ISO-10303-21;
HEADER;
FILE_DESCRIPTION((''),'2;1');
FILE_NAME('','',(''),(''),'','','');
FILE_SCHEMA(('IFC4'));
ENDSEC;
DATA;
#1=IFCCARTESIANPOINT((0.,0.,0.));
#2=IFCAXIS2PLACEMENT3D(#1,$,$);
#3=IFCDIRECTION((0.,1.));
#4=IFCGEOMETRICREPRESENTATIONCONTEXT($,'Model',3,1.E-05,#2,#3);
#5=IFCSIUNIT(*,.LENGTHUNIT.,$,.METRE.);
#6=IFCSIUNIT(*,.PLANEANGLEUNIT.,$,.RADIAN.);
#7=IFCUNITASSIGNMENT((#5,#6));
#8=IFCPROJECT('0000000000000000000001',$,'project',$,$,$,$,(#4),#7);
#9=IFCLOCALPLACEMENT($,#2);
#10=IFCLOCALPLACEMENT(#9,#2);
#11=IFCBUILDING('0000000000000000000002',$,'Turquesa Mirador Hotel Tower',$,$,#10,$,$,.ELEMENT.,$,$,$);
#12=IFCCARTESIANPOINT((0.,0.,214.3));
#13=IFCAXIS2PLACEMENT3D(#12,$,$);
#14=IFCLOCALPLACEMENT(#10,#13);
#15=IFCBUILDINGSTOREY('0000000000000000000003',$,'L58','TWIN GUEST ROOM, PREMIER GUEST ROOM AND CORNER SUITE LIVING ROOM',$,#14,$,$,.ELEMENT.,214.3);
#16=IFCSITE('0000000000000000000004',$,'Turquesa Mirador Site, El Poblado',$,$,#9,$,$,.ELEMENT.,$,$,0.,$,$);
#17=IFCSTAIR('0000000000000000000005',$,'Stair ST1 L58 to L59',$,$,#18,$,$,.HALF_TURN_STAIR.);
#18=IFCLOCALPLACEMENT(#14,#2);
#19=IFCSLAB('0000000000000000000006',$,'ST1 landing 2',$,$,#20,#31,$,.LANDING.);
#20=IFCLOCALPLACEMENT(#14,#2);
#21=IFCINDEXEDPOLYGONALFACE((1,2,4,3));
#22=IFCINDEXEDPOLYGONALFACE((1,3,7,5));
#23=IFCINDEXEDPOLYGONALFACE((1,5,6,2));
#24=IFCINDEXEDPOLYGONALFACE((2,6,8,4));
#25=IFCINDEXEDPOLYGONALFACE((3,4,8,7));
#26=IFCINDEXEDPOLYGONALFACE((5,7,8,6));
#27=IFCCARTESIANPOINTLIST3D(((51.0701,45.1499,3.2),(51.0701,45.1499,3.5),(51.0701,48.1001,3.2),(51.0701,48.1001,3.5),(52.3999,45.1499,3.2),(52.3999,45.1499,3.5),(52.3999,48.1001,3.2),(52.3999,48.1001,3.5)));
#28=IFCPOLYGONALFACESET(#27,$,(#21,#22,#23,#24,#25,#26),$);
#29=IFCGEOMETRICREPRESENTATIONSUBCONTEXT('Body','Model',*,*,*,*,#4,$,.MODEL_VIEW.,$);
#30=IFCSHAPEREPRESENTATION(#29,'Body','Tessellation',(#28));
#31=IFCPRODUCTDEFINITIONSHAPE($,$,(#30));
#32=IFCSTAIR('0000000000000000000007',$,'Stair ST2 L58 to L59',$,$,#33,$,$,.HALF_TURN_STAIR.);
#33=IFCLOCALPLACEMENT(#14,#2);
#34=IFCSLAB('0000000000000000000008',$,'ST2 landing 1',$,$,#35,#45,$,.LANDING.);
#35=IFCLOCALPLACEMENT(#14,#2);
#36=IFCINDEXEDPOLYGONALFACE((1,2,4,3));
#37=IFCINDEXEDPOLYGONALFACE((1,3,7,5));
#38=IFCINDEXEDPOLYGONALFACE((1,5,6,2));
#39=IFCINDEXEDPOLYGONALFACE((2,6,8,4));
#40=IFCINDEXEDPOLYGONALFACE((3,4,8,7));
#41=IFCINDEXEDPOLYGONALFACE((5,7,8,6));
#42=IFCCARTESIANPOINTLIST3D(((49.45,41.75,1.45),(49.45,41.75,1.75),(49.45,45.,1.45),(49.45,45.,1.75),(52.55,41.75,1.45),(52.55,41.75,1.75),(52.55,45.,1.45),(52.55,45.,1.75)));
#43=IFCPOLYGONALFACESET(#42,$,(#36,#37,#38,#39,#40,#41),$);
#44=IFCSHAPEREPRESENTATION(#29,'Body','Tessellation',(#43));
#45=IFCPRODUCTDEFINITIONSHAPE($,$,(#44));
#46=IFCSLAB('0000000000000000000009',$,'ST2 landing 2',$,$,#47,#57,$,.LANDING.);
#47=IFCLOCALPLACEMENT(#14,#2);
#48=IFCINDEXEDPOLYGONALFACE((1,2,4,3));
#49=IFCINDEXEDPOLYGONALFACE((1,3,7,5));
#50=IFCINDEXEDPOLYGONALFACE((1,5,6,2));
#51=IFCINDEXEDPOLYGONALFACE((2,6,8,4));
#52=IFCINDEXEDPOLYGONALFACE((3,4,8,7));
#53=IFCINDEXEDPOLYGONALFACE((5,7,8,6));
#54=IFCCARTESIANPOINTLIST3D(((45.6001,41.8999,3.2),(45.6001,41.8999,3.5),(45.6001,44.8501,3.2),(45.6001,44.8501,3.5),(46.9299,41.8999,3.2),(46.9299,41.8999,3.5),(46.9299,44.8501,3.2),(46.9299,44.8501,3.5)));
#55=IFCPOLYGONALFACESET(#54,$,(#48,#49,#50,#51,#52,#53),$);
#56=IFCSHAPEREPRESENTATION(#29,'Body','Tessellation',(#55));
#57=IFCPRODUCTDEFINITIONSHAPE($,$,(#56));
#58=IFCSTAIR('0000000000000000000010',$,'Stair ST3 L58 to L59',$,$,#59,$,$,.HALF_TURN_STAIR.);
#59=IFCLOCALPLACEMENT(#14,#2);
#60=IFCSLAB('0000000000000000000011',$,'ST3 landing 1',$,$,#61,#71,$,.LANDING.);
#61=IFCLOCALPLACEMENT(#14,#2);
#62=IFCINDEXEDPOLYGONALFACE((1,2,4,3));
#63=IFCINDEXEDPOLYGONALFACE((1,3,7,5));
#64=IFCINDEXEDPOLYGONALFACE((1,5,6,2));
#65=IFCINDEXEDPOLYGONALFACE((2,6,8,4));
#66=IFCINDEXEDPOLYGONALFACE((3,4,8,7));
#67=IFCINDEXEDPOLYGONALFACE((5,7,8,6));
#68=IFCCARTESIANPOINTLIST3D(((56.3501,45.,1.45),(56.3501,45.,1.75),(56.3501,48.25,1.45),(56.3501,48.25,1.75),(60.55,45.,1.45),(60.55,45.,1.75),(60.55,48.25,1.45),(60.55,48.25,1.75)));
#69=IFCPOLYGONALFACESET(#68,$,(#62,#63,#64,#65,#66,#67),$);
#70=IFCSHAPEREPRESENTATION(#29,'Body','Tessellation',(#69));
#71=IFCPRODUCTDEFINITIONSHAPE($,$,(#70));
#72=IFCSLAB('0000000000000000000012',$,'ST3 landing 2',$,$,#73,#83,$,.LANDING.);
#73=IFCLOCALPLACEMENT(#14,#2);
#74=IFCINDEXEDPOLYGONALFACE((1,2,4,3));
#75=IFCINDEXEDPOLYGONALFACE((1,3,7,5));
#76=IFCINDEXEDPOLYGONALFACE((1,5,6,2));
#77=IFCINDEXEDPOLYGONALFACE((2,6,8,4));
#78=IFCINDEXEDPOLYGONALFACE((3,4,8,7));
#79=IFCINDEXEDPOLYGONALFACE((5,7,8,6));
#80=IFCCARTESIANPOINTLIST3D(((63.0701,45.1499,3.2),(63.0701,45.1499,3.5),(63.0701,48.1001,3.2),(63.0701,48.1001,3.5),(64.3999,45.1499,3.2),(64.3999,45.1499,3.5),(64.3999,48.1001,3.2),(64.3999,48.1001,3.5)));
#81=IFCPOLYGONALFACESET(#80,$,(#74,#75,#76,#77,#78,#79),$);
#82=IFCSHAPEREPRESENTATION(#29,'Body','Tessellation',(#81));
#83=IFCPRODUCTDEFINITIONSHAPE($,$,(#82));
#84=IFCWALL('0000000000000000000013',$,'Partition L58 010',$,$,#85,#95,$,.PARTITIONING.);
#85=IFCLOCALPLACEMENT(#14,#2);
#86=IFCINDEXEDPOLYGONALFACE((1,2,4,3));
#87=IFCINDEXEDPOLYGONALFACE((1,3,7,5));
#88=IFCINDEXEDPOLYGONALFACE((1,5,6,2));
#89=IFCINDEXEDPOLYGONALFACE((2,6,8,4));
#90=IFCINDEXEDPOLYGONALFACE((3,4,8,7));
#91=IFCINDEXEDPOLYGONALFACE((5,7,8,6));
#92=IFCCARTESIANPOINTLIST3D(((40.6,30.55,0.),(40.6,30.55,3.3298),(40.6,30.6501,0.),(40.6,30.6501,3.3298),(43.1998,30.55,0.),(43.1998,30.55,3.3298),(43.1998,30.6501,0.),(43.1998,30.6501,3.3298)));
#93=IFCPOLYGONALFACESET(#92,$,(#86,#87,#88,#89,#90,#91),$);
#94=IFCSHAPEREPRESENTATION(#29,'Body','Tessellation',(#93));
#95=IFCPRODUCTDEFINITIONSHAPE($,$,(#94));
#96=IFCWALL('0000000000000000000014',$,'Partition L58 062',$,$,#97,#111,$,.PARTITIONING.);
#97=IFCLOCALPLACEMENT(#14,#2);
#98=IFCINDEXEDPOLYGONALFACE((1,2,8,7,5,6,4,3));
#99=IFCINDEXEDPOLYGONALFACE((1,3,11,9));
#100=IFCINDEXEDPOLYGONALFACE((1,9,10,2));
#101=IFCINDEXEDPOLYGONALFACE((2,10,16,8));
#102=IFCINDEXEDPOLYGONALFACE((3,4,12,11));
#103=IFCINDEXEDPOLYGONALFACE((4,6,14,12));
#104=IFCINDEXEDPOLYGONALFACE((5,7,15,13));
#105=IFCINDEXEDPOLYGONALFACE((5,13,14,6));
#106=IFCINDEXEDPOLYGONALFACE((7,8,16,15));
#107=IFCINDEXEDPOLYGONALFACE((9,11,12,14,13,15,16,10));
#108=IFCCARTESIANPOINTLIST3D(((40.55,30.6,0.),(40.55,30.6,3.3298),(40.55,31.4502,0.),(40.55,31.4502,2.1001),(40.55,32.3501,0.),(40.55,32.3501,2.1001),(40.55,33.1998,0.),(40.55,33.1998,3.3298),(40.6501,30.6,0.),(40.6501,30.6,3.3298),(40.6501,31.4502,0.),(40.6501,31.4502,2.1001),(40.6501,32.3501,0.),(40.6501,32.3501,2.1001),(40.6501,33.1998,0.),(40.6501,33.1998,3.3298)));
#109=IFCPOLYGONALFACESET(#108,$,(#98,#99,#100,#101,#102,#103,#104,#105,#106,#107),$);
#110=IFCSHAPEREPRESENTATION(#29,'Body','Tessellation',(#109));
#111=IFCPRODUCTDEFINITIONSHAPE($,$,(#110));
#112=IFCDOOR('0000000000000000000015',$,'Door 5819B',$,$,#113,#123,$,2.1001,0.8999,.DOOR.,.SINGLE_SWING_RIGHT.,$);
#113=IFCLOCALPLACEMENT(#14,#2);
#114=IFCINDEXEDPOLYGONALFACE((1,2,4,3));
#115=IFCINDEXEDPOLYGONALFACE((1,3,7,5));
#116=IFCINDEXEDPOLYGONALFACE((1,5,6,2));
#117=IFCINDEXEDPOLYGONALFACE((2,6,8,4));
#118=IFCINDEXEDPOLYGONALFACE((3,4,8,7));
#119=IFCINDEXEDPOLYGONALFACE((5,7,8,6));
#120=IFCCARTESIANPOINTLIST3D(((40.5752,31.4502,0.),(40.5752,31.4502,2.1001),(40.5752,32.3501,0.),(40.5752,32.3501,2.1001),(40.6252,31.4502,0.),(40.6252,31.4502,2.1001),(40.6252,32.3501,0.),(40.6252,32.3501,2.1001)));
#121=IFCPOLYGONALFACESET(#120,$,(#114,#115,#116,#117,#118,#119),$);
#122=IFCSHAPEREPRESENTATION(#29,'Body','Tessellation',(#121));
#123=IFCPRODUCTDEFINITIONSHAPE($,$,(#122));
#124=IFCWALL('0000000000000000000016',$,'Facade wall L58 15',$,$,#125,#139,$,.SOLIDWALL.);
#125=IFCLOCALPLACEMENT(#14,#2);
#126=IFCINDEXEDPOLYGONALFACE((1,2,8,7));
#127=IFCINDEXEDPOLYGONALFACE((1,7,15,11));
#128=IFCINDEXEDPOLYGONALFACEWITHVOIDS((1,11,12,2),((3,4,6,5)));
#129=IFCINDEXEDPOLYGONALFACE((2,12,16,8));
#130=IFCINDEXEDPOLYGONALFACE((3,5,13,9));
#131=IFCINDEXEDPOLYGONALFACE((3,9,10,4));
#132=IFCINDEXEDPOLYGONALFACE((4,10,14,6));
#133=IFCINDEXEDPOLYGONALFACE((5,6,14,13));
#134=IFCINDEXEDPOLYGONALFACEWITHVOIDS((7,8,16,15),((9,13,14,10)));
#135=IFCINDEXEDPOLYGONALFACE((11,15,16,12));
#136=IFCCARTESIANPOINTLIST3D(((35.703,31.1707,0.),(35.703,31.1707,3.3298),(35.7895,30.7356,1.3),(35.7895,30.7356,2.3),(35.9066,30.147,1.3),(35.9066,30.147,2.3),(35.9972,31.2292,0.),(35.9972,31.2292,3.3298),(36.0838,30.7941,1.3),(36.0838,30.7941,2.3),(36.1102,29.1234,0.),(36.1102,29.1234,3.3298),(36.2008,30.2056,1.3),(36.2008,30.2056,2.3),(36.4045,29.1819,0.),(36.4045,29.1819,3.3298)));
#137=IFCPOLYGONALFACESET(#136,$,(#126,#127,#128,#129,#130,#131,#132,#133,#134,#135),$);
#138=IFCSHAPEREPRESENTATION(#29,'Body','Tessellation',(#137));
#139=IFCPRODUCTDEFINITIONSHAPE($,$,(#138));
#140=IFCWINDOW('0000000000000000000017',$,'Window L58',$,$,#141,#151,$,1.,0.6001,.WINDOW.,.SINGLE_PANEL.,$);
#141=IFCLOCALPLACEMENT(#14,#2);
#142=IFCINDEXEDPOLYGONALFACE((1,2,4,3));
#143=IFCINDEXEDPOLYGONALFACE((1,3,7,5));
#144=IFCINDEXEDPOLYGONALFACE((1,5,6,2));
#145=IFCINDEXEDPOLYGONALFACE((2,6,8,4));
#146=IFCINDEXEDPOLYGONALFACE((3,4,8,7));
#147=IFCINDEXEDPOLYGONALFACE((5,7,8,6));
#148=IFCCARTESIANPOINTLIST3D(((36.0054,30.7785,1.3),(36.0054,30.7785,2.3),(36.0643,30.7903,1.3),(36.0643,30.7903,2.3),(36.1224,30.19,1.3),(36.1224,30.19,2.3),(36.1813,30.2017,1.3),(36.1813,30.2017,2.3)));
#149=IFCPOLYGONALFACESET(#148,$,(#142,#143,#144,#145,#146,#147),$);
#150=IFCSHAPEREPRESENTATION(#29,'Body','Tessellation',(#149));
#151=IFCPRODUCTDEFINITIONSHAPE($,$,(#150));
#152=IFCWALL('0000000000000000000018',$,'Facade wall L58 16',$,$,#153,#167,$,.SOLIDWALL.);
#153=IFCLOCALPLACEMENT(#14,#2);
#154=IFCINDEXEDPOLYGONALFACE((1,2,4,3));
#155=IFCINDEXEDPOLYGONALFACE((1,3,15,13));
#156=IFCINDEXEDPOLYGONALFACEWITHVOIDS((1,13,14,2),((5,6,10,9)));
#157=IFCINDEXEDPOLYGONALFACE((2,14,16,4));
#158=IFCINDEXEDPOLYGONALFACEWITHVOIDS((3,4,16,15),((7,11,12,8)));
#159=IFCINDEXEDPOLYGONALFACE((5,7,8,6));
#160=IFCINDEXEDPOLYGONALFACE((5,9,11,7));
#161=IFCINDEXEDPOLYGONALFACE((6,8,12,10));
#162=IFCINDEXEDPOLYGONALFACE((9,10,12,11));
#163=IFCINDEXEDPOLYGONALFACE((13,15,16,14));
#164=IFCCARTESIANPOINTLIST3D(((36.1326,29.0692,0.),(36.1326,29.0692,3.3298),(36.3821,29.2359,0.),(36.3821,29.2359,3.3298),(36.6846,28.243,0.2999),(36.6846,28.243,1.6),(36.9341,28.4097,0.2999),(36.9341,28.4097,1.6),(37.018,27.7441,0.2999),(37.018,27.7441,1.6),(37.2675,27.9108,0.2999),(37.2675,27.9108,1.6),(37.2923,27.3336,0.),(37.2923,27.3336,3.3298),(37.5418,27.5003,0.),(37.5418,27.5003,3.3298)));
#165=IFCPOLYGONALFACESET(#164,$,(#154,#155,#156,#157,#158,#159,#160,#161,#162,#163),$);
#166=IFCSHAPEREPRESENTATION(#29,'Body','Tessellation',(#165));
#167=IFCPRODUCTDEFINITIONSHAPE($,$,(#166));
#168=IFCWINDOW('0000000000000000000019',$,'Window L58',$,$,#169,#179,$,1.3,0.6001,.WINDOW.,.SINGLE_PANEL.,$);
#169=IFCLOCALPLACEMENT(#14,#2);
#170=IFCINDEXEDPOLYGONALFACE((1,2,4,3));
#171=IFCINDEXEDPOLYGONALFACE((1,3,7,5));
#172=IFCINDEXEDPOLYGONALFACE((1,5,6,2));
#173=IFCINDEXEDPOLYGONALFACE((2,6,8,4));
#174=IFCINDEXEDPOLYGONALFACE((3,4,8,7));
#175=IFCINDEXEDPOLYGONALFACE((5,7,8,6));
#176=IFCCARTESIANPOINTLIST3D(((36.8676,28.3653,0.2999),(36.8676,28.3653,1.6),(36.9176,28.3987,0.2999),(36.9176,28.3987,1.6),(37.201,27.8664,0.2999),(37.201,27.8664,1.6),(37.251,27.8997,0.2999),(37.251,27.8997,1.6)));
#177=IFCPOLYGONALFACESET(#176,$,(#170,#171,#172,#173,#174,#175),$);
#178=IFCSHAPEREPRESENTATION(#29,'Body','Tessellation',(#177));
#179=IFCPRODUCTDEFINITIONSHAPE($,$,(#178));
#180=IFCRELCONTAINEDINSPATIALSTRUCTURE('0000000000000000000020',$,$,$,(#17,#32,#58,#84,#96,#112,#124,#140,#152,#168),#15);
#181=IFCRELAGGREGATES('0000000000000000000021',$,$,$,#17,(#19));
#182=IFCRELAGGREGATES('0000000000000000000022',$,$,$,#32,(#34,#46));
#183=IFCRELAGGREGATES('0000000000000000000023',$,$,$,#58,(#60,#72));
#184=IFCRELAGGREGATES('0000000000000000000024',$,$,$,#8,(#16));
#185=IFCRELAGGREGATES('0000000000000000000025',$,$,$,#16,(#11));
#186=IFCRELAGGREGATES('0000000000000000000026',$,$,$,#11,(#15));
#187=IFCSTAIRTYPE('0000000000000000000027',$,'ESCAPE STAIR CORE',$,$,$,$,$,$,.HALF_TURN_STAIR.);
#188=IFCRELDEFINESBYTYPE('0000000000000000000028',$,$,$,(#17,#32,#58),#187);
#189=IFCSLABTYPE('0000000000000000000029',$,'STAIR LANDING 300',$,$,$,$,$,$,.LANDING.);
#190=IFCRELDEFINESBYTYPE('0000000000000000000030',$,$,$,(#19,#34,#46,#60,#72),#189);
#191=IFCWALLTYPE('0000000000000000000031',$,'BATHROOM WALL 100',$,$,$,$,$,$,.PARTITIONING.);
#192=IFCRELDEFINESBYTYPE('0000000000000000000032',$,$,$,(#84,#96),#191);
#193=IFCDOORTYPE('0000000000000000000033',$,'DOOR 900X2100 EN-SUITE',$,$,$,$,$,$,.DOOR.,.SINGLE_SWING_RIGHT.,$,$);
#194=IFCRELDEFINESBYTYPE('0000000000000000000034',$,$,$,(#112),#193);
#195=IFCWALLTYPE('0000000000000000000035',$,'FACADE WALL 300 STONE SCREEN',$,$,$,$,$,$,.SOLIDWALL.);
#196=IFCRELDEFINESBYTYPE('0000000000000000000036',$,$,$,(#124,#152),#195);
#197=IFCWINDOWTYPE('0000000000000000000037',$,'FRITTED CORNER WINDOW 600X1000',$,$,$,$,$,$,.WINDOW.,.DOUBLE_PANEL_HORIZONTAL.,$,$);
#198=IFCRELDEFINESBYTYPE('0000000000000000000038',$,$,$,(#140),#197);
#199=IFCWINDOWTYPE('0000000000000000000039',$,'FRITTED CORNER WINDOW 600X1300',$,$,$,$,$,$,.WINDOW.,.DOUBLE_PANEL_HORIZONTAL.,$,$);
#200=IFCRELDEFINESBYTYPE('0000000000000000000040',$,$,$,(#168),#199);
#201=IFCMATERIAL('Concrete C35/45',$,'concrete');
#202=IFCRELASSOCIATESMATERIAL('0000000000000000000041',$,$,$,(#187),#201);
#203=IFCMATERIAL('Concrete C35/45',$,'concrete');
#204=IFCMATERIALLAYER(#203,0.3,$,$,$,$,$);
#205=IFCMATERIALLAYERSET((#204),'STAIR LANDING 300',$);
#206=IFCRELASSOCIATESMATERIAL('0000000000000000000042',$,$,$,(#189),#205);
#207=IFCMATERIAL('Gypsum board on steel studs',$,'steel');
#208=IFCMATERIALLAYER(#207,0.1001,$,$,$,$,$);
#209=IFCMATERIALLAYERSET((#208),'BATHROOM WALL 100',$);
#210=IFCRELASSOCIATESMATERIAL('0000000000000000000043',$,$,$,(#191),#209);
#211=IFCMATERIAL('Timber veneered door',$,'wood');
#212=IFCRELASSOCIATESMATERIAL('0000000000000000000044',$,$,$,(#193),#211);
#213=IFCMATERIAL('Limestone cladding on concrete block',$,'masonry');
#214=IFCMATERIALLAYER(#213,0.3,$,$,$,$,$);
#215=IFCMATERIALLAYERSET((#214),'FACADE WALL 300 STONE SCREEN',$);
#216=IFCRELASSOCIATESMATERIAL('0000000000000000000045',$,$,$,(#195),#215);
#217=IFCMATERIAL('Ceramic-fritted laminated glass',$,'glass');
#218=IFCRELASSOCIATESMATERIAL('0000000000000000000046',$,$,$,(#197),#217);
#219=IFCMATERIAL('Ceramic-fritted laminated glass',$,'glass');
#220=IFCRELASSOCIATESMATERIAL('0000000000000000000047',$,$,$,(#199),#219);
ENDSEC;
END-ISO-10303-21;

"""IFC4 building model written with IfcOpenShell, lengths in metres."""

from ifc_helpers import new_model, si_unit, direction, frame, frame_2d, origin, place, context, subcontext, project, spatial, polyline, rectangle, outline, extrude, material, layer, layer_set, type_object, element, fill, aggregate, save


model = new_model("IFC4")

# Units and contexts
model_context = context("Model", 3, precision=1e-05, world=origin(), true_north=direction((0.0, 1.0)))
body_context = subcontext(model_context, "Body", "Model", "MODEL_VIEW")
ifc_project = project(units=[si_unit("LENGTHUNIT", "METRE"), si_unit("PLANEANGLEUNIT", "RADIAN")], contexts=[model_context])

# Site, building, storey
site_placement = place(None, origin())
site = spatial("IfcSite", under=ifc_project, at=site_placement, Name="Turquesa Mirador Site, El Poblado", CompositionType="ELEMENT", RefElevation=0.0)
building_placement = place(site_placement, origin())
building = spatial("IfcBuilding", under=site, at=building_placement, Name="Turquesa Mirador Hotel Tower", CompositionType="ELEMENT")
storey_placement = place(building_placement, frame((0.0, 0.0, 214.3)))
storey = spatial("IfcBuildingStorey", under=building, at=storey_placement, Name="L58", Description="TWIN GUEST ROOM, PREMIER GUEST ROOM AND CORNER SUITE LIVING ROOM", CompositionType="ELEMENT", Elevation=214.3)

# Stairs, slabs
ifc_material_1 = material(Name="Concrete C35/45", Category="concrete")
stair_type = type_object("IfcStairType", Name="ESCAPE STAIR CORE", PredefinedType="HALF_TURN_STAIR", material=ifc_material_1)
stair_1_placement = place(storey_placement, origin())
stair_1 = element("IfcStair", 1, at=stair_1_placement, inside=storey, type_object=stair_type, Name="Stair ST1 L58 to L59", PredefinedType="HALF_TURN_STAIR")
ifc_material_2 = material(Name="Concrete C35/45", Category="concrete")
ifc_layer_1 = layer(ifc_material_2, 0.3)
ifc_layer_set_1 = layer_set([ifc_layer_1], Name="STAIR LANDING 300")
slab_type_1 = type_object("IfcSlabType", Name="STAIR LANDING 300", PredefinedType="LANDING", material=ifc_layer_set_1)
slab_1_placement = place(storey_placement, frame((0.0, 0.0, 3.2)))
slab_1 = element("IfcSlab", 2, at=slab_1_placement, type_object=slab_type_1, Name="ST1 landing 2", PredefinedType="LANDING", context=body_context, shape_type="SweptSolid", body=[
    extrude(outline(polyline([(51.0701, 45.1499), (52.3999, 45.1499), (52.3999, 48.1001), (51.0701, 48.1001), (51.0701, 45.1499)])), origin(), (0.0, 0.0, 1.0), 0.3),
])
aggregate(stair_1, [slab_1])
stair_2_placement = place(storey_placement, origin())
stair_2 = element("IfcStair", 3, at=stair_2_placement, inside=storey, type_object=stair_type, Name="Stair ST2 L58 to L59", PredefinedType="HALF_TURN_STAIR")
slab_2_placement = place(storey_placement, frame((0.0, 0.0, 1.45)))
slab_2 = element("IfcSlab", 4, at=slab_2_placement, type_object=slab_type_1, Name="ST2 landing 1", PredefinedType="LANDING", context=body_context, shape_type="SweptSolid", body=[
    extrude(outline(polyline([(52.55, 45.0), (49.45, 45.0), (49.45, 41.75), (52.55, 41.75), (52.55, 45.0)])), origin(), (0.0, 0.0, 1.0), 0.3),
])
slab_3_placement = place(storey_placement, frame((0.0, 0.0, 3.2)))
slab_3 = element("IfcSlab", 5, at=slab_3_placement, type_object=slab_type_1, Name="ST2 landing 2", PredefinedType="LANDING", context=body_context, shape_type="SweptSolid", body=[
    extrude(outline(polyline([(46.9299, 44.8501), (45.6001, 44.8501), (45.6001, 41.8999), (46.9299, 41.8999), (46.9299, 44.8501)])), origin(), (0.0, 0.0, 1.0), 0.3),
])
aggregate(stair_2, [slab_2, slab_3])
stair_3_placement = place(storey_placement, origin())
stair_3 = element("IfcStair", 6, at=stair_3_placement, inside=storey, type_object=stair_type, Name="Stair ST3 L58 to L59", PredefinedType="HALF_TURN_STAIR")
slab_4_placement = place(storey_placement, frame((0.0, 0.0, 1.45)))
slab_4 = element("IfcSlab", 7, at=slab_4_placement, type_object=slab_type_1, Name="ST3 landing 1", PredefinedType="LANDING", context=body_context, shape_type="SweptSolid", body=[
    extrude(outline(polyline([(56.3501, 45.0), (60.55, 45.0), (60.55, 48.25), (56.3501, 48.25), (56.3501, 45.0)])), origin(), (0.0, 0.0, 1.0), 0.3),
])
slab_5_placement = place(storey_placement, frame((0.0, 0.0, 3.2)))
slab_5 = element("IfcSlab", 8, at=slab_5_placement, type_object=slab_type_1, Name="ST3 landing 2", PredefinedType="LANDING", context=body_context, shape_type="SweptSolid", body=[
    extrude(outline(polyline([(63.0701, 45.1499), (64.3999, 45.1499), (64.3999, 48.1001), (63.0701, 48.1001), (63.0701, 45.1499)])), origin(), (0.0, 0.0, 1.0), 0.3),
])
aggregate(stair_3, [slab_4, slab_5])

# Wall
ifc_material_3 = material(Name="Gypsum board on steel studs", Category="steel")
ifc_layer_2 = layer(ifc_material_3, 0.1001)
ifc_layer_set_2 = layer_set([ifc_layer_2], Name="BATHROOM WALL 100")
wall_type_1 = type_object("IfcWallType", Name="BATHROOM WALL 100", PredefinedType="PARTITIONING", material=ifc_layer_set_2)
wall_1_placement = place(storey_placement, frame((40.6001, 30.6001, 0.0), z_axis=(0.0, 0.0, 1.0), x_axis=(1.0, 0.0, 0.0)))
element("IfcWall", 9, at=wall_1_placement, inside=storey, type_object=wall_type_1, Name="Partition L58 010", PredefinedType="PARTITIONING", context=body_context, shape_type="SweptSolid", body=[
    extrude(rectangle(XDim=2.5999, YDim=0.1001, at=frame_2d((1.2998, 0.0))), origin(), (0.0, 0.0, 1.0), 3.3298),
])

# Wall, opening, door
wall_2_placement = place(storey_placement, frame((40.6001, 30.6001, 0.0), z_axis=(0.0, 0.0, 1.0), x_axis=(0.0, 1.0, 0.0)))
wall_2 = element("IfcWall", 10, at=wall_2_placement, inside=storey, type_object=wall_type_1, Name="Partition L58 062", PredefinedType="PARTITIONING", context=body_context, shape_type="SweptSolid", body=[
    extrude(rectangle(XDim=2.5999, YDim=0.1001, at=frame_2d((1.2998, 0.0))), origin(), (0.0, 0.0, 1.0), 3.3298),
])
opening_1_placement = place(wall_2_placement, frame((0.8501, 0.0, 0.0)))
opening_1 = element("IfcOpeningElement", 11, at=opening_1_placement, cuts=wall_2, PredefinedType="OPENING", context=body_context, shape_type="SweptSolid", body=[
    extrude(rectangle(XDim=0.8999, YDim=2.1001, at=frame_2d((0.45, 1.05))), frame((0.0, 0.0601, 0.0), z_axis=(0.0, -1.0, 0.0), x_axis=(1.0, 0.0, 0.0)), (0.0, 0.0, 1.0), 0.1201),
])
ifc_material_4 = material(Name="Timber veneered door", Category="wood")
door_type = type_object("IfcDoorType", Name="DOOR 900X2100 EN-SUITE", OperationType="SINGLE_SWING_RIGHT", PredefinedType="DOOR", material=ifc_material_4)
door_placement = place(opening_1_placement, origin())
door = element("IfcDoor", 12, at=door_placement, inside=storey, type_object=door_type, Name="Door 5819B", OperationType="SINGLE_SWING_RIGHT", OverallHeight=2.1001, OverallWidth=0.8999, PredefinedType="DOOR", context=body_context, shape_type="SweptSolid", body=[
    extrude(rectangle(XDim=0.8999, YDim=2.1001, at=frame_2d((0.45, 1.05))), frame((0.0, 0.0249, 0.0), z_axis=(0.0, -1.0, 0.0), x_axis=(1.0, 0.0, 0.0)), (0.0, 0.0, 1.0), 0.05),
])
fill(opening_1, door)

# Walls, openings, windows
ifc_material_5 = material(Name="Limestone cladding on concrete block", Category="masonry")
ifc_layer_3 = layer(ifc_material_5, 0.3)
ifc_layer_set_3 = layer_set([ifc_layer_3], Name="FACADE WALL 300 STONE SCREEN")
wall_type_2 = type_object("IfcWallType", Name="FACADE WALL 300 STONE SCREEN", PredefinedType="SOLIDWALL", material=ifc_layer_set_3)
wall_3_placement = place(storey_placement, frame((35.8501, 31.2, 0.0), z_axis=(0.0, 0.0, 1.0), x_axis=(0.195081, -0.980787, 0.0)))
wall_3 = element("IfcWall", 13, at=wall_3_placement, inside=storey, type_object=wall_type_2, Name="Facade wall L58 15", PredefinedType="SOLIDWALL", context=body_context, shape_type="SweptSolid", body=[
    extrude(rectangle(XDim=2.0874, YDim=0.3, at=frame_2d((1.0437, 0.0))), origin(), (0.0, 0.0, 1.0), 3.3298),
])
opening_2_placement = place(wall_3_placement, frame((0.4436, 0.0, 1.3)))
opening_2 = element("IfcOpeningElement", 14, at=opening_2_placement, cuts=wall_3, PredefinedType="OPENING", context=body_context, shape_type="SweptSolid", body=[
    extrude(rectangle(XDim=0.6001, YDim=1.0, at=frame_2d((0.3, 0.5))), frame((0.0, 0.1599, 0.0), z_axis=(0.0, -1.0, 0.0), x_axis=(1.0, 0.0, 0.0)), (0.0, 0.0, 1.0), 0.3201),
])
ifc_material_6 = material(Name="Ceramic-fritted laminated glass", Category="glass")
window_type_1 = type_object("IfcWindowType", Name="FRITTED CORNER WINDOW 600X1000", PartitioningType="DOUBLE_PANEL_HORIZONTAL", PredefinedType="WINDOW", material=ifc_material_6)
window_1_placement = place(opening_2_placement, origin())
window_1 = element("IfcWindow", 15, at=window_1_placement, inside=storey, type_object=window_type_1, Name="Window L58", OverallHeight=1.0, OverallWidth=0.6001, PartitioningType="SINGLE_PANEL", PredefinedType="WINDOW", context=body_context, shape_type="SweptSolid", body=[
    extrude(rectangle(XDim=0.6001, YDim=1.0, at=frame_2d((0.3, 0.5))), frame((0.0, 0.1301, 0.0), z_axis=(0.0, -1.0, 0.0), x_axis=(1.0, 0.0, 0.0)), (0.0, 0.0, 1.0), 0.0601),
])
fill(opening_2, window_1)
wall_4_placement = place(storey_placement, frame((36.2573, 29.1526, 0.0), z_axis=(0.0, 0.0, 1.0), x_axis=(0.555564, -0.831474, 0.0)))
wall_4 = element("IfcWall", 16, at=wall_4_placement, inside=storey, type_object=wall_type_2, Name="Facade wall L58 16", PredefinedType="SOLIDWALL", context=body_context, shape_type="SweptSolid", body=[
    extrude(rectangle(XDim=2.0874, YDim=0.3, at=frame_2d((1.0437, 0.0))), origin(), (0.0, 0.0, 1.0), 3.3298),
])
opening_3_placement = place(wall_4_placement, frame((0.9937, 0.0, 0.3)))
opening_3 = element("IfcOpeningElement", 17, at=opening_3_placement, cuts=wall_4, PredefinedType="OPENING", context=body_context, shape_type="SweptSolid", body=[
    extrude(rectangle(XDim=0.6001, YDim=1.3, at=frame_2d((0.3, 0.6499))), frame((0.0, 0.1599, 0.0), z_axis=(0.0, -1.0, 0.0), x_axis=(1.0, 0.0, 0.0)), (0.0, 0.0, 1.0), 0.3201),
])
ifc_material_7 = material(Name="Ceramic-fritted laminated glass", Category="glass")
window_type_2 = type_object("IfcWindowType", Name="FRITTED CORNER WINDOW 600X1300", PartitioningType="DOUBLE_PANEL_HORIZONTAL", PredefinedType="WINDOW", material=ifc_material_7)
window_2_placement = place(opening_3_placement, origin())
window_2 = element("IfcWindow", 18, at=window_2_placement, inside=storey, type_object=window_type_2, Name="Window L58", OverallHeight=1.3, OverallWidth=0.6001, PartitioningType="SINGLE_PANEL", PredefinedType="WINDOW", context=body_context, shape_type="SweptSolid", body=[
    extrude(rectangle(XDim=0.6001, YDim=1.3, at=frame_2d((0.3, 0.6499))), frame((0.0, 0.1301, 0.0), z_axis=(0.0, -1.0, 0.0), x_axis=(1.0, 0.0, 0.0)), (0.0, 0.0, 1.0), 0.0601),
])
fill(opening_3, window_2)

save(model, "model.ifc")
